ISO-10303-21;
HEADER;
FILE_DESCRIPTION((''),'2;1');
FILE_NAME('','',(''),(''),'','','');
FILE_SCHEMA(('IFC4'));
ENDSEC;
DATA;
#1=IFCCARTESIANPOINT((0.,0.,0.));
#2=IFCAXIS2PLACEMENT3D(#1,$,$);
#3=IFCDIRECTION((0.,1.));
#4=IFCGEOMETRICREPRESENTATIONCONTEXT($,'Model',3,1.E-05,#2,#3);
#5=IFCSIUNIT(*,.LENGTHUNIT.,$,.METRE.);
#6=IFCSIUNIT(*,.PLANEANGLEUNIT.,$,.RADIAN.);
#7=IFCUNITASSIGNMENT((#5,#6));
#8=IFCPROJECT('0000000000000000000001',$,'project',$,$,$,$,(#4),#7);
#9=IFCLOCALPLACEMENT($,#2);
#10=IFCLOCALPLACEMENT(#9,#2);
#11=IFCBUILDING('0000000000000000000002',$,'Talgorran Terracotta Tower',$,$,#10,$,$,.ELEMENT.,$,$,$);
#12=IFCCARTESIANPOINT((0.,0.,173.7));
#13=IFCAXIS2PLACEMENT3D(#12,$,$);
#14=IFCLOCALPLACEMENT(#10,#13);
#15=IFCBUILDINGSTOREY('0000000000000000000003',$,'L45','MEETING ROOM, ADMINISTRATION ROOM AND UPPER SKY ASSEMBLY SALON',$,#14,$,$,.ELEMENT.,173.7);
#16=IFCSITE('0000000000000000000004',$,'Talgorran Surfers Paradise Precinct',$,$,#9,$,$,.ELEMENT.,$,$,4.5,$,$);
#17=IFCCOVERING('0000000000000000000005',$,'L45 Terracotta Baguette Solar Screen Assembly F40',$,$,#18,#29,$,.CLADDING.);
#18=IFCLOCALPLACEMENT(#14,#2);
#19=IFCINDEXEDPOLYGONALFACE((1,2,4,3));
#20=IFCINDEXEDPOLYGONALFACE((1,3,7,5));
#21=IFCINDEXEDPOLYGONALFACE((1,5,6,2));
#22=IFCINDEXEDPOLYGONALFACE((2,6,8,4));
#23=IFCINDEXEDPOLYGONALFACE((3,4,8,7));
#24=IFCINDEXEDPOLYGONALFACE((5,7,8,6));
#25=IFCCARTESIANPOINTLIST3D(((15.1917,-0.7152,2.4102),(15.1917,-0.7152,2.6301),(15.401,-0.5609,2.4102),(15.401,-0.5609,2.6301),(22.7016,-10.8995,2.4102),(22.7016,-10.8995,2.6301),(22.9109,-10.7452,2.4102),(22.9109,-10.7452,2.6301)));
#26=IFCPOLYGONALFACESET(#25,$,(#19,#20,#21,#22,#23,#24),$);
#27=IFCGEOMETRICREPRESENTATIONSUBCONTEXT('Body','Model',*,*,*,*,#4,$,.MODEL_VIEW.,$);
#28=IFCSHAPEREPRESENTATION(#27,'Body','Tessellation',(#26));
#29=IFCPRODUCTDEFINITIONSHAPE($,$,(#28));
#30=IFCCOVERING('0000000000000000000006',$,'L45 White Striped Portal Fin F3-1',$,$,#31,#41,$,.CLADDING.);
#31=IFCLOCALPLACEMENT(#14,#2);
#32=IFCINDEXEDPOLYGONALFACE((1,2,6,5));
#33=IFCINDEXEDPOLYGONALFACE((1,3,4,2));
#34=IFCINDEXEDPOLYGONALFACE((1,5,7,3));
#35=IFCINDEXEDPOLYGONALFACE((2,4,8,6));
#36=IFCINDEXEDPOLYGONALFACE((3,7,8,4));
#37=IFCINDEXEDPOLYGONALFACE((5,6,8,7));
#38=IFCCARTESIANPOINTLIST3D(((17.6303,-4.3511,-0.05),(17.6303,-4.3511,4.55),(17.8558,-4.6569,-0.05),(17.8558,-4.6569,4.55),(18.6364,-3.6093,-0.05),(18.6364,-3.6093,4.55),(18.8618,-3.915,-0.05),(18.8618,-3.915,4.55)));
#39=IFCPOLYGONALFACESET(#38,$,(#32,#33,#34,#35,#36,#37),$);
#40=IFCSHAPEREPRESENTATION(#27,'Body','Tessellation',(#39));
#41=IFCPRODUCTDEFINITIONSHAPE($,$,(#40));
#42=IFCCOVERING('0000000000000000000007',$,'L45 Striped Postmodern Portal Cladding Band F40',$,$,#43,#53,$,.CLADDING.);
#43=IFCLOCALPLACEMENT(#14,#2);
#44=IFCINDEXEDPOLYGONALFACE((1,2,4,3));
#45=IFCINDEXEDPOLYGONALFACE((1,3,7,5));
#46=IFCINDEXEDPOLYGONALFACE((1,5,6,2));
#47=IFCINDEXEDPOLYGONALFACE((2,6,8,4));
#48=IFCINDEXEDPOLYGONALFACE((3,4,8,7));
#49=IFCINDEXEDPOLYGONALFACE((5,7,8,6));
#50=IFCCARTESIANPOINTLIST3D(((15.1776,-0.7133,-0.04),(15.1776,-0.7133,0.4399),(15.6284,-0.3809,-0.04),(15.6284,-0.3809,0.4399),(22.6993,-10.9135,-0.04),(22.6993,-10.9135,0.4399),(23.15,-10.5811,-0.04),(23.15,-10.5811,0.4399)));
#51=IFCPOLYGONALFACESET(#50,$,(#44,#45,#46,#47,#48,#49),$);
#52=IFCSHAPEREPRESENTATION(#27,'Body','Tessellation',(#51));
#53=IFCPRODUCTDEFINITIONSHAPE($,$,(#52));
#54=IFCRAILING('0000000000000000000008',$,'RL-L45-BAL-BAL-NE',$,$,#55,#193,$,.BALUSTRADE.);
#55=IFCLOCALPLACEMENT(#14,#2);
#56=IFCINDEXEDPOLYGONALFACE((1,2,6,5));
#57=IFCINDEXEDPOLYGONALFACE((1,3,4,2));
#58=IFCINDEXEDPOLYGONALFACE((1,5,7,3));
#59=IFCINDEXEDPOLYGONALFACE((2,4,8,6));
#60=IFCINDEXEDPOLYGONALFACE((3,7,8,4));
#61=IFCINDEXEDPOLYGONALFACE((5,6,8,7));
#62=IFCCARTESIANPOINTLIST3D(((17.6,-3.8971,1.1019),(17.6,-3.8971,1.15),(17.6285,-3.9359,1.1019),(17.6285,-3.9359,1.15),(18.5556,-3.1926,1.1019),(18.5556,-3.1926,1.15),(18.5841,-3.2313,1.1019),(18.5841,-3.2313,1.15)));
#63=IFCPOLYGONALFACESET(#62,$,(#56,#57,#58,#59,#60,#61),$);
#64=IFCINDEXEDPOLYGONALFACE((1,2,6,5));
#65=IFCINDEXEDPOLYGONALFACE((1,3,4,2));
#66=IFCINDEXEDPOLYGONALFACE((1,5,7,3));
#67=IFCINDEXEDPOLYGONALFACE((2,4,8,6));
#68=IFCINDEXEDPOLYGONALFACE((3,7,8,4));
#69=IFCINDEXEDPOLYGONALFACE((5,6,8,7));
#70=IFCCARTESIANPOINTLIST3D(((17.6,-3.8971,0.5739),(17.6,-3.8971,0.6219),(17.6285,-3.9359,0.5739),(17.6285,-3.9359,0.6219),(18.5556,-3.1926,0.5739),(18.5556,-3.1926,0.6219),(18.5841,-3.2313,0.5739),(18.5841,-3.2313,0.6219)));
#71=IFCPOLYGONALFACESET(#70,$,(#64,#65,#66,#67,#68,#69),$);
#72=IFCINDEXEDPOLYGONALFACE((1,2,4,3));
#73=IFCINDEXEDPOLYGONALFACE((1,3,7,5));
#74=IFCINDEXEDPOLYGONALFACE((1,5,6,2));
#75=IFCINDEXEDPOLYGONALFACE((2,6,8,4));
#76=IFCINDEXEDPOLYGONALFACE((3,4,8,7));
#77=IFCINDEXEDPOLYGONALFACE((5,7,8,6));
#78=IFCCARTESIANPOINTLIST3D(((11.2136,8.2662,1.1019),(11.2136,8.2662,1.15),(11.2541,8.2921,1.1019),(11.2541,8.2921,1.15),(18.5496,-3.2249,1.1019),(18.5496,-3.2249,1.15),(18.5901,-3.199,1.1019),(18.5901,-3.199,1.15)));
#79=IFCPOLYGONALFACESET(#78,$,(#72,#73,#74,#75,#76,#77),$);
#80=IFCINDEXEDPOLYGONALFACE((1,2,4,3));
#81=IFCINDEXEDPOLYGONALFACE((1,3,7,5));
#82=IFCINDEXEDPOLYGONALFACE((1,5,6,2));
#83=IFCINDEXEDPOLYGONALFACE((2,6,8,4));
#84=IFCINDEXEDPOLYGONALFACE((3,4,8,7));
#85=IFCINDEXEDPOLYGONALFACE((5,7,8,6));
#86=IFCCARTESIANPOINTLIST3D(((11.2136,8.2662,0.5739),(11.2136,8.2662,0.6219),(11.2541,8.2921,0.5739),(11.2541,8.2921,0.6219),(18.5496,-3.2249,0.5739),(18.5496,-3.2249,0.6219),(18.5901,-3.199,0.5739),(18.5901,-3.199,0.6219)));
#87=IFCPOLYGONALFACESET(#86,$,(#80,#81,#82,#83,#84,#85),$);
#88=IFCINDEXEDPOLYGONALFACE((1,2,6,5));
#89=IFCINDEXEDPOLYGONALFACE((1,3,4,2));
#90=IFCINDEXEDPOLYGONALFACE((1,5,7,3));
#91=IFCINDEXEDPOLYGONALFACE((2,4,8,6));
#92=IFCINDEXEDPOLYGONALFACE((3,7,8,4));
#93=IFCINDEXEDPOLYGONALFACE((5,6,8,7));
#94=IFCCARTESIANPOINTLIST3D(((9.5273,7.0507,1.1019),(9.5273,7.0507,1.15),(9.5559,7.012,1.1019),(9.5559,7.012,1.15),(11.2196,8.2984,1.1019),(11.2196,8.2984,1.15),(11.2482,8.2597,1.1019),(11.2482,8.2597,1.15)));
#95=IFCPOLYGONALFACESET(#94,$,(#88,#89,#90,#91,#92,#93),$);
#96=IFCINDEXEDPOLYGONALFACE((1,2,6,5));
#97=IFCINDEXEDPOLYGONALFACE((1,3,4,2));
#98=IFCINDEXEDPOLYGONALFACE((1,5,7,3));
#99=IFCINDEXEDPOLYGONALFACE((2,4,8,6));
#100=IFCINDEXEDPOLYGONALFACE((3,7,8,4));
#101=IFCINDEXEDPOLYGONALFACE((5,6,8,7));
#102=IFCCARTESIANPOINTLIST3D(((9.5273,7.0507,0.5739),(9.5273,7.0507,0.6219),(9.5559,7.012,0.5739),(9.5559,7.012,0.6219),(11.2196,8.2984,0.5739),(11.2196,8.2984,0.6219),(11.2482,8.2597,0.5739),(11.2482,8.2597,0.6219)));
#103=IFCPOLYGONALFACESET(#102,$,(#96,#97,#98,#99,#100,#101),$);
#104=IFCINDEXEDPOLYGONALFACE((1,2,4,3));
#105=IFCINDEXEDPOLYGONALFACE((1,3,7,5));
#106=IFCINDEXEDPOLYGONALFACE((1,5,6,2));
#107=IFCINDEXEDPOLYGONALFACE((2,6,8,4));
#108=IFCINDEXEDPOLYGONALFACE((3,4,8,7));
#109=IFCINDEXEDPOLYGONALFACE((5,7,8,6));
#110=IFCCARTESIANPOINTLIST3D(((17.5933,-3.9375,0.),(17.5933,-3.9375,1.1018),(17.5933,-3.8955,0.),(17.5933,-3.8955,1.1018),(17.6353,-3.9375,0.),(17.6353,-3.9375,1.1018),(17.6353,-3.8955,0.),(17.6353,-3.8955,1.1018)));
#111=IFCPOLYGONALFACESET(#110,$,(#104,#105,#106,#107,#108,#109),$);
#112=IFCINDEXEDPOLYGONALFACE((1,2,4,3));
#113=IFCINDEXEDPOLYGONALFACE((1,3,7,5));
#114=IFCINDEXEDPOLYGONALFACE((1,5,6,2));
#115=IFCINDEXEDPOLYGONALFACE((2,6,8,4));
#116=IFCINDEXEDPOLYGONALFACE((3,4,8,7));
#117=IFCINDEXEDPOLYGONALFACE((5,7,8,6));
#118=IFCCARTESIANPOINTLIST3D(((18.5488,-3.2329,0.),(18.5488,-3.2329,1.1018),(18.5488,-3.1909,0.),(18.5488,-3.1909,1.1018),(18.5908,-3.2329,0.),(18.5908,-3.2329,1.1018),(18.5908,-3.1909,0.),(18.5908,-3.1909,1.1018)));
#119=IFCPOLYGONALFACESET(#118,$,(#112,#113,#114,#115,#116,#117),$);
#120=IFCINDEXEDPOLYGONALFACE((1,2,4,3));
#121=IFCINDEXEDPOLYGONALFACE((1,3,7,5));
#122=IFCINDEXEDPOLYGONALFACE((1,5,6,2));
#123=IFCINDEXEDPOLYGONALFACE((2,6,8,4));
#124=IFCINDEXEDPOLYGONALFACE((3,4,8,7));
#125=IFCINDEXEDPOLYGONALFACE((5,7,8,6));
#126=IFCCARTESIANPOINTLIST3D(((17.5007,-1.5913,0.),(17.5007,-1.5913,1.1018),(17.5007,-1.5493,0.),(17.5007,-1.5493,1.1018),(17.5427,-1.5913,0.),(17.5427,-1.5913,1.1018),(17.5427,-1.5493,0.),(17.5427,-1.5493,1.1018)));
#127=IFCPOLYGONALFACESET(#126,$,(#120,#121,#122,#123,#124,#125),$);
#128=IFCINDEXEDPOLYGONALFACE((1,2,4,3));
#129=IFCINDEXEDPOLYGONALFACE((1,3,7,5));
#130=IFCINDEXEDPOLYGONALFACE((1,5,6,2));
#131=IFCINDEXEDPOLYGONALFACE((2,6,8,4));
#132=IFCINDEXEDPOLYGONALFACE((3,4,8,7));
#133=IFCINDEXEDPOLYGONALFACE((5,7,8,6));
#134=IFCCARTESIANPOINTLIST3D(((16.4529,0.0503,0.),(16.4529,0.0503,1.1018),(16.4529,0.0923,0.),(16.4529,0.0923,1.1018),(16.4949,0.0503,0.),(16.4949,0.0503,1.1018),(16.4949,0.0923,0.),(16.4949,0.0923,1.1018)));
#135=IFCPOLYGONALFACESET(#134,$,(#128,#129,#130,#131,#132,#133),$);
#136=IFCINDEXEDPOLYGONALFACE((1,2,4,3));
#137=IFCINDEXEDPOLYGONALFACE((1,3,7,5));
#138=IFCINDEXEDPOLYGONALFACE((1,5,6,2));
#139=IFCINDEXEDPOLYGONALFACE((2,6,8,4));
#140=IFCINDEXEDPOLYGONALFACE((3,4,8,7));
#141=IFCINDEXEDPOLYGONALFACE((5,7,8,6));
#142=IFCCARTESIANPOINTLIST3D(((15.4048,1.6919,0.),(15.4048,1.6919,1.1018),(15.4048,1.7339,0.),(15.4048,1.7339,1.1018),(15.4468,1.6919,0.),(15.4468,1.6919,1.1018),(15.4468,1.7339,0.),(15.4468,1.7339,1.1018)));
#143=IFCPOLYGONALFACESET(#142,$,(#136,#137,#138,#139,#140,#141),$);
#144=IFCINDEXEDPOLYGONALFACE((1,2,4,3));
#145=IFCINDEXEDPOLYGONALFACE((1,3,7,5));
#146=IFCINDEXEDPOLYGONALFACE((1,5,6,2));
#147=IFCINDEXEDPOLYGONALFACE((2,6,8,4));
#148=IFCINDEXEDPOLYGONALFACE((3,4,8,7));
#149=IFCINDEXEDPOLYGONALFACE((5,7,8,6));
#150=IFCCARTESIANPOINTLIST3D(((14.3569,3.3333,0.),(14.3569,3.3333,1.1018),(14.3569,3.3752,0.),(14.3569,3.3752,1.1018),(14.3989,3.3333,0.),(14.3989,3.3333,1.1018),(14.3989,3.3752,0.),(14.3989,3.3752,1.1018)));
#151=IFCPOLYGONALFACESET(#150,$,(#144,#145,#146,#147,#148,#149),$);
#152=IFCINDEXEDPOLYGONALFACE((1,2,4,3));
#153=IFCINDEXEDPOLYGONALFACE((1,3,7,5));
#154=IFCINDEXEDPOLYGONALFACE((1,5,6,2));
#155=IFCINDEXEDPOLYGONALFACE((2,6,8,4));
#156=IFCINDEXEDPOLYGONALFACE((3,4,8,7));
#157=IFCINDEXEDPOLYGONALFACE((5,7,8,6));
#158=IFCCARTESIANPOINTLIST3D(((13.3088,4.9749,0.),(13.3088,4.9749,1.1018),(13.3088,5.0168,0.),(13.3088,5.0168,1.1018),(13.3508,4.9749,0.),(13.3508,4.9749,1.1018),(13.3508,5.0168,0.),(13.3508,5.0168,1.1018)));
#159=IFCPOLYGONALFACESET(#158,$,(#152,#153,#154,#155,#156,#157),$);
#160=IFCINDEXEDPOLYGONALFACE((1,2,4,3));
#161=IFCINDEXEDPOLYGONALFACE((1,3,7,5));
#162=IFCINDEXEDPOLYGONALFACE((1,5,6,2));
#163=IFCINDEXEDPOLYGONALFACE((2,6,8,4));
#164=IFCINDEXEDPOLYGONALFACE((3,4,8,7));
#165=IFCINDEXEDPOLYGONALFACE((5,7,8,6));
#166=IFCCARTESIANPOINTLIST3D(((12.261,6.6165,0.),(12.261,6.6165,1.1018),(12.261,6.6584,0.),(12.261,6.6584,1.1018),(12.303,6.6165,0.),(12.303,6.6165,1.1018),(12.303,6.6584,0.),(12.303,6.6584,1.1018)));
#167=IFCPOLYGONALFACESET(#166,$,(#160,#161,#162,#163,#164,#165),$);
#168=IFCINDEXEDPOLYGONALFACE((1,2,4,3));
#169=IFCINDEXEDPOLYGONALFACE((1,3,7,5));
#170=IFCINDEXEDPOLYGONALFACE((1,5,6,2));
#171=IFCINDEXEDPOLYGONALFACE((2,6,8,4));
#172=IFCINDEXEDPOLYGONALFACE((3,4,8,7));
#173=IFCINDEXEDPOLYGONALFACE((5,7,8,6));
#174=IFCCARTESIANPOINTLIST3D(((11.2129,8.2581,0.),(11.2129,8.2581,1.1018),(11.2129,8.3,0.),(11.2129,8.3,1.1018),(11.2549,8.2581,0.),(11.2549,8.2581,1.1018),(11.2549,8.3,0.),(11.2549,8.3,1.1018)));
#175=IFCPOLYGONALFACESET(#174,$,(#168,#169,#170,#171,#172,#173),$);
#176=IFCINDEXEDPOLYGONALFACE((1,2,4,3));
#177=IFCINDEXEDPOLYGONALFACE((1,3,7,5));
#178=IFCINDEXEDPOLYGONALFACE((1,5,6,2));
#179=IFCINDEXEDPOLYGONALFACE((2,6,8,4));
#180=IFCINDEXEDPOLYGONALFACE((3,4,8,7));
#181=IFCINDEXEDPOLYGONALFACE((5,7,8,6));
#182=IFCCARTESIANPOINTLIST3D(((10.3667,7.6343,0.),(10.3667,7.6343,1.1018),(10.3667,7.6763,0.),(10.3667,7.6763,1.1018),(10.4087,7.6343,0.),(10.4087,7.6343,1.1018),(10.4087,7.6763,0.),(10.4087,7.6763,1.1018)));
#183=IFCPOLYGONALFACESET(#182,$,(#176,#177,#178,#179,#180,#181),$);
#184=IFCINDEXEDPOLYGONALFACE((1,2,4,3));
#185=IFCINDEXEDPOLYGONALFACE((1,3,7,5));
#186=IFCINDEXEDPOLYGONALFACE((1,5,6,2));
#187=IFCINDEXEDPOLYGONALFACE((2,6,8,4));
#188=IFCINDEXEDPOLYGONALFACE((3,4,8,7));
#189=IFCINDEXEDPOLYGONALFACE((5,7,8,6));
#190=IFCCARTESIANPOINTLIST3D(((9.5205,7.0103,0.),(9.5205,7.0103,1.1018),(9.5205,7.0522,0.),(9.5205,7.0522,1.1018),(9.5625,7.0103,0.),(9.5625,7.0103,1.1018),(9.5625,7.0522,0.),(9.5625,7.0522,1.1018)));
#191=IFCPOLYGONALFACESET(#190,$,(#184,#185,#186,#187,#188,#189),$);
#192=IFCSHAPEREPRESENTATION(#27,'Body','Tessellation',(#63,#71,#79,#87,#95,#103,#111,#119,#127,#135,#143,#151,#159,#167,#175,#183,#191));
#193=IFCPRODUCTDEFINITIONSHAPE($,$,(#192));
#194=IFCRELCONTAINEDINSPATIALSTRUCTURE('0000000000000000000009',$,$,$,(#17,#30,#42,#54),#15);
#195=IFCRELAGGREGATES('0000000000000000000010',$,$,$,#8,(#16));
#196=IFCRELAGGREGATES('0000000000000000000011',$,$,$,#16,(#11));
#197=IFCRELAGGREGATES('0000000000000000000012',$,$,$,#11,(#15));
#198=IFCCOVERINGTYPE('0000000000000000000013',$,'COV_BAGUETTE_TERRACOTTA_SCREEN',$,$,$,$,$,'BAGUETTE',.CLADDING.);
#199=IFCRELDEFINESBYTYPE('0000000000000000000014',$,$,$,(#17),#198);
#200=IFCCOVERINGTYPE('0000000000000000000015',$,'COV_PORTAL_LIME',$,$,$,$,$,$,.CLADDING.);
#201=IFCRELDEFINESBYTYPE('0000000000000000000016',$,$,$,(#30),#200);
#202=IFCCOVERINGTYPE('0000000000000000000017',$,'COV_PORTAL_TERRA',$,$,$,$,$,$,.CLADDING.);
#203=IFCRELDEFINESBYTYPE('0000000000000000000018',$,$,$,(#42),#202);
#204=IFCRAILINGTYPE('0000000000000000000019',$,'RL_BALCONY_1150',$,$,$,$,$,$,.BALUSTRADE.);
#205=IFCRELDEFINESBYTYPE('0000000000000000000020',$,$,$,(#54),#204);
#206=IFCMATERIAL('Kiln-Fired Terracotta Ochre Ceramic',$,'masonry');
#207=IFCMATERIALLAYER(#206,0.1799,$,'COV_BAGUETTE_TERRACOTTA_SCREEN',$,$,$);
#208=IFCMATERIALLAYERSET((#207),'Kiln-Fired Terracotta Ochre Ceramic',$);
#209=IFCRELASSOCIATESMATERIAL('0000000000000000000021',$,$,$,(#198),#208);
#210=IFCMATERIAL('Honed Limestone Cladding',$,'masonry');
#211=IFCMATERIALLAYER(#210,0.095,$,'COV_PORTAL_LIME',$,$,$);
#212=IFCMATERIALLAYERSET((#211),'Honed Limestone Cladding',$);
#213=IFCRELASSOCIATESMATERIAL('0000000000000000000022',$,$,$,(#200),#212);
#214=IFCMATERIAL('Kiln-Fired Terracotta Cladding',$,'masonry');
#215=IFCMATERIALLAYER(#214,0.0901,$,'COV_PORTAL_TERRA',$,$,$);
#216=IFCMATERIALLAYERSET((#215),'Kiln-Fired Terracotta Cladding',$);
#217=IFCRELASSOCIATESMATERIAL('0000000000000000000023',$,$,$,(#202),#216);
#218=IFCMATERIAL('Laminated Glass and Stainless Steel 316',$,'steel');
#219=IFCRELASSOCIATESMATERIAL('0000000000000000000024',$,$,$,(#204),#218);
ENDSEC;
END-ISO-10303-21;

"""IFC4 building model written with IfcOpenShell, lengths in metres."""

from ifc_helpers import new_model, si_unit, direction, frame, origin, origin_2d, place, context, subcontext, project, spatial, rectangle, extrude, material, layer, layer_set, type_object, element, save


model = new_model("IFC4")

# Units and contexts
model_context = context("Model", 3, precision=1e-05, world=origin(), true_north=direction((0.0, 1.0)))
body_context = subcontext(model_context, "Body", "Model", "MODEL_VIEW")
ifc_project = project(units=[si_unit("LENGTHUNIT", "METRE"), si_unit("PLANEANGLEUNIT", "RADIAN")], contexts=[model_context])

# Site, building, storey
site_placement = place(None, origin())
site = spatial("IfcSite", under=ifc_project, at=site_placement, Name="Talgorran Surfers Paradise Precinct", CompositionType="ELEMENT", RefElevation=4.5)
building_placement = place(site_placement, origin())
building = spatial("IfcBuilding", under=site, at=building_placement, Name="Talgorran Terracotta Tower", CompositionType="ELEMENT")
storey_placement = place(building_placement, frame((0.0, 0.0, 173.7)))
storey = spatial("IfcBuildingStorey", under=building, at=storey_placement, Name="L45", Description="MEETING ROOM, ADMINISTRATION ROOM AND UPPER SKY ASSEMBLY SALON", CompositionType="ELEMENT", Elevation=173.7)

# Coverings
ifc_material_1 = material(Name="Kiln-Fired Terracotta Ochre Ceramic", Category="masonry")
ifc_layer_1 = layer(ifc_material_1, 0.1799, Name="COV_BAGUETTE_TERRACOTTA_SCREEN")
ifc_layer_set_1 = layer_set([ifc_layer_1], Name="Kiln-Fired Terracotta Ochre Ceramic")
covering_type_1 = type_object("IfcCoveringType", Name="COV_BAGUETTE_TERRACOTTA_SCREEN", ElementType="BAGUETTE", PredefinedType="CLADDING", material=ifc_layer_set_1)
covering_1_placement = place(storey_placement, frame((19.0513, -5.7302, 2.4102), z_axis=(0.0, 0.0, 1.0), x_axis=(-0.593489, 0.804842, 0.0)))
element("IfcCovering", 1, at=covering_1_placement, inside=storey, type_object=covering_type_1, Name="L45 Terracotta Baguette Solar Screen Assembly F40", PredefinedType="CLADDING", context=body_context, shape_type="SweptSolid", body=[
    extrude(rectangle(XDim=12.6538, YDim=0.26, at=origin_2d()), origin(), (0.0, 0.0, 1.0), 0.22),
])
ifc_material_2 = material(Name="Honed Limestone Cladding", Category="masonry")
ifc_layer_2 = layer(ifc_material_2, 0.095, Name="COV_PORTAL_LIME")
ifc_layer_set_2 = layer_set([ifc_layer_2], Name="Honed Limestone Cladding")
covering_type_2 = type_object("IfcCoveringType", Name="COV_PORTAL_LIME", PredefinedType="CLADDING", material=ifc_layer_set_2)
covering_2_placement = place(storey_placement, frame((18.2461, -4.1331, -0.05), z_axis=(0.0, 0.0, 1.0), x_axis=(-0.593489, 0.804842, 0.0)))
element("IfcCovering", 2, at=covering_2_placement, inside=storey, type_object=covering_type_2, Name="L45 White Striped Portal Fin F3-1", PredefinedType="CLADDING", context=body_context, shape_type="SweptSolid", body=[
    extrude(rectangle(XDim=0.3799, YDim=1.25, at=origin_2d()), origin(), (0.0, 0.0, 1.0), 4.6001),
])
ifc_material_3 = material(Name="Kiln-Fired Terracotta Cladding", Category="masonry")
ifc_layer_3 = layer(ifc_material_3, 0.0901, Name="COV_PORTAL_TERRA")
ifc_layer_set_3 = layer_set([ifc_layer_3], Name="Kiln-Fired Terracotta Cladding")
covering_type_3 = type_object("IfcCoveringType", Name="COV_PORTAL_TERRA", PredefinedType="CLADDING", material=ifc_layer_set_3)
covering_3_placement = place(storey_placement, frame((19.1638, -5.6472, -0.04), z_axis=(0.0, 0.0, 1.0), x_axis=(-0.593489, 0.804842, 0.0)))
element("IfcCovering", 3, at=covering_3_placement, inside=storey, type_object=covering_type_3, Name="L45 Striped Postmodern Portal Cladding Band F40", PredefinedType="CLADDING", context=body_context, shape_type="SweptSolid", body=[
    extrude(rectangle(XDim=12.6736, YDim=0.5601, at=origin_2d()), origin(), (0.0, 0.0, 1.0), 0.48),
])

# Railing
ifc_material_4 = material(Name="Laminated Glass and Stainless Steel 316", Category="steel")
railing_type_1 = type_object("IfcRailingType", Name="RL_BALCONY_1150", PredefinedType="BALUSTRADE", material=ifc_material_4)
railing_1_placement = place(storey_placement, frame((17.6143, -3.9165, 0.0)))
element("IfcRailing", 4, at=railing_1_placement, inside=storey, type_object=railing_type_1, Name="RL-L45-BAL-BAL-NE", PredefinedType="BALUSTRADE", context=body_context, shape_type="SweptSolid", body=[
    extrude(rectangle(XDim=0.0481, YDim=0.0481, at=origin_2d()), frame((0.0, 0.0, 1.126), z_axis=(0.804859, 0.593466, 0.0), x_axis=(-0.593466, 0.804859, 0.0)), (0.0, 0.0, 1.0), 1.1873),
    extrude(rectangle(XDim=0.0481, YDim=0.0481, at=origin_2d()), frame((0.0, 0.0, 0.5979), z_axis=(0.804859, 0.593466, 0.0), x_axis=(-0.593466, 0.804859, 0.0)), (0.0, 0.0, 1.0), 1.1873),
    extrude(rectangle(XDim=0.0481, YDim=0.0481, at=origin_2d()), frame((0.9556, 0.7046, 1.126), z_axis=(-0.538102, 0.84288, 0.0), x_axis=(-0.84288, -0.538102, 0.0)), (0.0, 0.0, 1.0), 13.6331),
    extrude(rectangle(XDim=0.0481, YDim=0.0481, at=origin_2d()), frame((0.9556, 0.7046, 0.5979), z_axis=(-0.538102, 0.84288, 0.0), x_axis=(-0.84288, -0.538102, 0.0)), (0.0, 0.0, 1.0), 13.6331),
    extrude(rectangle(XDim=0.0481, YDim=0.0481, at=origin_2d()), frame((-6.3804, 12.1956, 1.126), z_axis=(-0.804878, -0.593441, 0.0), x_axis=(0.593441, -0.804878, 0.0)), (0.0, 0.0, 1.0), 2.1025),
    extrude(rectangle(XDim=0.0481, YDim=0.0481, at=origin_2d()), frame((-6.3804, 12.1956, 0.5979), z_axis=(-0.804878, -0.593441, 0.0), x_axis=(0.593441, -0.804878, 0.0)), (0.0, 0.0, 1.0), 2.1025),
    extrude(rectangle(XDim=0.042, YDim=0.042, at=origin_2d()), origin(), (0.0, 0.0, 1.0), 1.1018),
    extrude(rectangle(XDim=0.042, YDim=0.042, at=origin_2d()), frame((0.9556, 0.7046, 0.0)), (0.0, 0.0, 1.0), 1.1018),
    extrude(rectangle(XDim=0.042, YDim=0.042, at=origin_2d()), frame((-0.0925, 2.3462, 0.0)), (0.0, 0.0, 1.0), 1.1018),
    extrude(rectangle(XDim=0.042, YDim=0.042, at=origin_2d()), frame((-1.1404, 3.9878, 0.0)), (0.0, 0.0, 1.0), 1.1018),
    extrude(rectangle(XDim=0.042, YDim=0.042, at=origin_2d()), frame((-2.1885, 5.6294, 0.0)), (0.0, 0.0, 1.0), 1.1018),
    extrude(rectangle(XDim=0.042, YDim=0.042, at=origin_2d()), frame((-3.2363, 7.2708, 0.0)), (0.0, 0.0, 1.0), 1.1018),
    extrude(rectangle(XDim=0.042, YDim=0.042, at=origin_2d()), frame((-4.2844, 8.9124, 0.0)), (0.0, 0.0, 1.0), 1.1018),
    extrude(rectangle(XDim=0.042, YDim=0.042, at=origin_2d()), frame((-5.3323, 10.554, 0.0)), (0.0, 0.0, 1.0), 1.1018),
    extrude(rectangle(XDim=0.042, YDim=0.042, at=origin_2d()), frame((-6.3804, 12.1956, 0.0)), (0.0, 0.0, 1.0), 1.1018),
    extrude(rectangle(XDim=0.042, YDim=0.042, at=origin_2d()), frame((-7.2266, 11.5718, 0.0)), (0.0, 0.0, 1.0), 1.1018),
    extrude(rectangle(XDim=0.042, YDim=0.042, at=origin_2d()), frame((-8.0728, 10.9478, 0.0)), (0.0, 0.0, 1.0), 1.1018),
])

save(model, "model.ifc")
